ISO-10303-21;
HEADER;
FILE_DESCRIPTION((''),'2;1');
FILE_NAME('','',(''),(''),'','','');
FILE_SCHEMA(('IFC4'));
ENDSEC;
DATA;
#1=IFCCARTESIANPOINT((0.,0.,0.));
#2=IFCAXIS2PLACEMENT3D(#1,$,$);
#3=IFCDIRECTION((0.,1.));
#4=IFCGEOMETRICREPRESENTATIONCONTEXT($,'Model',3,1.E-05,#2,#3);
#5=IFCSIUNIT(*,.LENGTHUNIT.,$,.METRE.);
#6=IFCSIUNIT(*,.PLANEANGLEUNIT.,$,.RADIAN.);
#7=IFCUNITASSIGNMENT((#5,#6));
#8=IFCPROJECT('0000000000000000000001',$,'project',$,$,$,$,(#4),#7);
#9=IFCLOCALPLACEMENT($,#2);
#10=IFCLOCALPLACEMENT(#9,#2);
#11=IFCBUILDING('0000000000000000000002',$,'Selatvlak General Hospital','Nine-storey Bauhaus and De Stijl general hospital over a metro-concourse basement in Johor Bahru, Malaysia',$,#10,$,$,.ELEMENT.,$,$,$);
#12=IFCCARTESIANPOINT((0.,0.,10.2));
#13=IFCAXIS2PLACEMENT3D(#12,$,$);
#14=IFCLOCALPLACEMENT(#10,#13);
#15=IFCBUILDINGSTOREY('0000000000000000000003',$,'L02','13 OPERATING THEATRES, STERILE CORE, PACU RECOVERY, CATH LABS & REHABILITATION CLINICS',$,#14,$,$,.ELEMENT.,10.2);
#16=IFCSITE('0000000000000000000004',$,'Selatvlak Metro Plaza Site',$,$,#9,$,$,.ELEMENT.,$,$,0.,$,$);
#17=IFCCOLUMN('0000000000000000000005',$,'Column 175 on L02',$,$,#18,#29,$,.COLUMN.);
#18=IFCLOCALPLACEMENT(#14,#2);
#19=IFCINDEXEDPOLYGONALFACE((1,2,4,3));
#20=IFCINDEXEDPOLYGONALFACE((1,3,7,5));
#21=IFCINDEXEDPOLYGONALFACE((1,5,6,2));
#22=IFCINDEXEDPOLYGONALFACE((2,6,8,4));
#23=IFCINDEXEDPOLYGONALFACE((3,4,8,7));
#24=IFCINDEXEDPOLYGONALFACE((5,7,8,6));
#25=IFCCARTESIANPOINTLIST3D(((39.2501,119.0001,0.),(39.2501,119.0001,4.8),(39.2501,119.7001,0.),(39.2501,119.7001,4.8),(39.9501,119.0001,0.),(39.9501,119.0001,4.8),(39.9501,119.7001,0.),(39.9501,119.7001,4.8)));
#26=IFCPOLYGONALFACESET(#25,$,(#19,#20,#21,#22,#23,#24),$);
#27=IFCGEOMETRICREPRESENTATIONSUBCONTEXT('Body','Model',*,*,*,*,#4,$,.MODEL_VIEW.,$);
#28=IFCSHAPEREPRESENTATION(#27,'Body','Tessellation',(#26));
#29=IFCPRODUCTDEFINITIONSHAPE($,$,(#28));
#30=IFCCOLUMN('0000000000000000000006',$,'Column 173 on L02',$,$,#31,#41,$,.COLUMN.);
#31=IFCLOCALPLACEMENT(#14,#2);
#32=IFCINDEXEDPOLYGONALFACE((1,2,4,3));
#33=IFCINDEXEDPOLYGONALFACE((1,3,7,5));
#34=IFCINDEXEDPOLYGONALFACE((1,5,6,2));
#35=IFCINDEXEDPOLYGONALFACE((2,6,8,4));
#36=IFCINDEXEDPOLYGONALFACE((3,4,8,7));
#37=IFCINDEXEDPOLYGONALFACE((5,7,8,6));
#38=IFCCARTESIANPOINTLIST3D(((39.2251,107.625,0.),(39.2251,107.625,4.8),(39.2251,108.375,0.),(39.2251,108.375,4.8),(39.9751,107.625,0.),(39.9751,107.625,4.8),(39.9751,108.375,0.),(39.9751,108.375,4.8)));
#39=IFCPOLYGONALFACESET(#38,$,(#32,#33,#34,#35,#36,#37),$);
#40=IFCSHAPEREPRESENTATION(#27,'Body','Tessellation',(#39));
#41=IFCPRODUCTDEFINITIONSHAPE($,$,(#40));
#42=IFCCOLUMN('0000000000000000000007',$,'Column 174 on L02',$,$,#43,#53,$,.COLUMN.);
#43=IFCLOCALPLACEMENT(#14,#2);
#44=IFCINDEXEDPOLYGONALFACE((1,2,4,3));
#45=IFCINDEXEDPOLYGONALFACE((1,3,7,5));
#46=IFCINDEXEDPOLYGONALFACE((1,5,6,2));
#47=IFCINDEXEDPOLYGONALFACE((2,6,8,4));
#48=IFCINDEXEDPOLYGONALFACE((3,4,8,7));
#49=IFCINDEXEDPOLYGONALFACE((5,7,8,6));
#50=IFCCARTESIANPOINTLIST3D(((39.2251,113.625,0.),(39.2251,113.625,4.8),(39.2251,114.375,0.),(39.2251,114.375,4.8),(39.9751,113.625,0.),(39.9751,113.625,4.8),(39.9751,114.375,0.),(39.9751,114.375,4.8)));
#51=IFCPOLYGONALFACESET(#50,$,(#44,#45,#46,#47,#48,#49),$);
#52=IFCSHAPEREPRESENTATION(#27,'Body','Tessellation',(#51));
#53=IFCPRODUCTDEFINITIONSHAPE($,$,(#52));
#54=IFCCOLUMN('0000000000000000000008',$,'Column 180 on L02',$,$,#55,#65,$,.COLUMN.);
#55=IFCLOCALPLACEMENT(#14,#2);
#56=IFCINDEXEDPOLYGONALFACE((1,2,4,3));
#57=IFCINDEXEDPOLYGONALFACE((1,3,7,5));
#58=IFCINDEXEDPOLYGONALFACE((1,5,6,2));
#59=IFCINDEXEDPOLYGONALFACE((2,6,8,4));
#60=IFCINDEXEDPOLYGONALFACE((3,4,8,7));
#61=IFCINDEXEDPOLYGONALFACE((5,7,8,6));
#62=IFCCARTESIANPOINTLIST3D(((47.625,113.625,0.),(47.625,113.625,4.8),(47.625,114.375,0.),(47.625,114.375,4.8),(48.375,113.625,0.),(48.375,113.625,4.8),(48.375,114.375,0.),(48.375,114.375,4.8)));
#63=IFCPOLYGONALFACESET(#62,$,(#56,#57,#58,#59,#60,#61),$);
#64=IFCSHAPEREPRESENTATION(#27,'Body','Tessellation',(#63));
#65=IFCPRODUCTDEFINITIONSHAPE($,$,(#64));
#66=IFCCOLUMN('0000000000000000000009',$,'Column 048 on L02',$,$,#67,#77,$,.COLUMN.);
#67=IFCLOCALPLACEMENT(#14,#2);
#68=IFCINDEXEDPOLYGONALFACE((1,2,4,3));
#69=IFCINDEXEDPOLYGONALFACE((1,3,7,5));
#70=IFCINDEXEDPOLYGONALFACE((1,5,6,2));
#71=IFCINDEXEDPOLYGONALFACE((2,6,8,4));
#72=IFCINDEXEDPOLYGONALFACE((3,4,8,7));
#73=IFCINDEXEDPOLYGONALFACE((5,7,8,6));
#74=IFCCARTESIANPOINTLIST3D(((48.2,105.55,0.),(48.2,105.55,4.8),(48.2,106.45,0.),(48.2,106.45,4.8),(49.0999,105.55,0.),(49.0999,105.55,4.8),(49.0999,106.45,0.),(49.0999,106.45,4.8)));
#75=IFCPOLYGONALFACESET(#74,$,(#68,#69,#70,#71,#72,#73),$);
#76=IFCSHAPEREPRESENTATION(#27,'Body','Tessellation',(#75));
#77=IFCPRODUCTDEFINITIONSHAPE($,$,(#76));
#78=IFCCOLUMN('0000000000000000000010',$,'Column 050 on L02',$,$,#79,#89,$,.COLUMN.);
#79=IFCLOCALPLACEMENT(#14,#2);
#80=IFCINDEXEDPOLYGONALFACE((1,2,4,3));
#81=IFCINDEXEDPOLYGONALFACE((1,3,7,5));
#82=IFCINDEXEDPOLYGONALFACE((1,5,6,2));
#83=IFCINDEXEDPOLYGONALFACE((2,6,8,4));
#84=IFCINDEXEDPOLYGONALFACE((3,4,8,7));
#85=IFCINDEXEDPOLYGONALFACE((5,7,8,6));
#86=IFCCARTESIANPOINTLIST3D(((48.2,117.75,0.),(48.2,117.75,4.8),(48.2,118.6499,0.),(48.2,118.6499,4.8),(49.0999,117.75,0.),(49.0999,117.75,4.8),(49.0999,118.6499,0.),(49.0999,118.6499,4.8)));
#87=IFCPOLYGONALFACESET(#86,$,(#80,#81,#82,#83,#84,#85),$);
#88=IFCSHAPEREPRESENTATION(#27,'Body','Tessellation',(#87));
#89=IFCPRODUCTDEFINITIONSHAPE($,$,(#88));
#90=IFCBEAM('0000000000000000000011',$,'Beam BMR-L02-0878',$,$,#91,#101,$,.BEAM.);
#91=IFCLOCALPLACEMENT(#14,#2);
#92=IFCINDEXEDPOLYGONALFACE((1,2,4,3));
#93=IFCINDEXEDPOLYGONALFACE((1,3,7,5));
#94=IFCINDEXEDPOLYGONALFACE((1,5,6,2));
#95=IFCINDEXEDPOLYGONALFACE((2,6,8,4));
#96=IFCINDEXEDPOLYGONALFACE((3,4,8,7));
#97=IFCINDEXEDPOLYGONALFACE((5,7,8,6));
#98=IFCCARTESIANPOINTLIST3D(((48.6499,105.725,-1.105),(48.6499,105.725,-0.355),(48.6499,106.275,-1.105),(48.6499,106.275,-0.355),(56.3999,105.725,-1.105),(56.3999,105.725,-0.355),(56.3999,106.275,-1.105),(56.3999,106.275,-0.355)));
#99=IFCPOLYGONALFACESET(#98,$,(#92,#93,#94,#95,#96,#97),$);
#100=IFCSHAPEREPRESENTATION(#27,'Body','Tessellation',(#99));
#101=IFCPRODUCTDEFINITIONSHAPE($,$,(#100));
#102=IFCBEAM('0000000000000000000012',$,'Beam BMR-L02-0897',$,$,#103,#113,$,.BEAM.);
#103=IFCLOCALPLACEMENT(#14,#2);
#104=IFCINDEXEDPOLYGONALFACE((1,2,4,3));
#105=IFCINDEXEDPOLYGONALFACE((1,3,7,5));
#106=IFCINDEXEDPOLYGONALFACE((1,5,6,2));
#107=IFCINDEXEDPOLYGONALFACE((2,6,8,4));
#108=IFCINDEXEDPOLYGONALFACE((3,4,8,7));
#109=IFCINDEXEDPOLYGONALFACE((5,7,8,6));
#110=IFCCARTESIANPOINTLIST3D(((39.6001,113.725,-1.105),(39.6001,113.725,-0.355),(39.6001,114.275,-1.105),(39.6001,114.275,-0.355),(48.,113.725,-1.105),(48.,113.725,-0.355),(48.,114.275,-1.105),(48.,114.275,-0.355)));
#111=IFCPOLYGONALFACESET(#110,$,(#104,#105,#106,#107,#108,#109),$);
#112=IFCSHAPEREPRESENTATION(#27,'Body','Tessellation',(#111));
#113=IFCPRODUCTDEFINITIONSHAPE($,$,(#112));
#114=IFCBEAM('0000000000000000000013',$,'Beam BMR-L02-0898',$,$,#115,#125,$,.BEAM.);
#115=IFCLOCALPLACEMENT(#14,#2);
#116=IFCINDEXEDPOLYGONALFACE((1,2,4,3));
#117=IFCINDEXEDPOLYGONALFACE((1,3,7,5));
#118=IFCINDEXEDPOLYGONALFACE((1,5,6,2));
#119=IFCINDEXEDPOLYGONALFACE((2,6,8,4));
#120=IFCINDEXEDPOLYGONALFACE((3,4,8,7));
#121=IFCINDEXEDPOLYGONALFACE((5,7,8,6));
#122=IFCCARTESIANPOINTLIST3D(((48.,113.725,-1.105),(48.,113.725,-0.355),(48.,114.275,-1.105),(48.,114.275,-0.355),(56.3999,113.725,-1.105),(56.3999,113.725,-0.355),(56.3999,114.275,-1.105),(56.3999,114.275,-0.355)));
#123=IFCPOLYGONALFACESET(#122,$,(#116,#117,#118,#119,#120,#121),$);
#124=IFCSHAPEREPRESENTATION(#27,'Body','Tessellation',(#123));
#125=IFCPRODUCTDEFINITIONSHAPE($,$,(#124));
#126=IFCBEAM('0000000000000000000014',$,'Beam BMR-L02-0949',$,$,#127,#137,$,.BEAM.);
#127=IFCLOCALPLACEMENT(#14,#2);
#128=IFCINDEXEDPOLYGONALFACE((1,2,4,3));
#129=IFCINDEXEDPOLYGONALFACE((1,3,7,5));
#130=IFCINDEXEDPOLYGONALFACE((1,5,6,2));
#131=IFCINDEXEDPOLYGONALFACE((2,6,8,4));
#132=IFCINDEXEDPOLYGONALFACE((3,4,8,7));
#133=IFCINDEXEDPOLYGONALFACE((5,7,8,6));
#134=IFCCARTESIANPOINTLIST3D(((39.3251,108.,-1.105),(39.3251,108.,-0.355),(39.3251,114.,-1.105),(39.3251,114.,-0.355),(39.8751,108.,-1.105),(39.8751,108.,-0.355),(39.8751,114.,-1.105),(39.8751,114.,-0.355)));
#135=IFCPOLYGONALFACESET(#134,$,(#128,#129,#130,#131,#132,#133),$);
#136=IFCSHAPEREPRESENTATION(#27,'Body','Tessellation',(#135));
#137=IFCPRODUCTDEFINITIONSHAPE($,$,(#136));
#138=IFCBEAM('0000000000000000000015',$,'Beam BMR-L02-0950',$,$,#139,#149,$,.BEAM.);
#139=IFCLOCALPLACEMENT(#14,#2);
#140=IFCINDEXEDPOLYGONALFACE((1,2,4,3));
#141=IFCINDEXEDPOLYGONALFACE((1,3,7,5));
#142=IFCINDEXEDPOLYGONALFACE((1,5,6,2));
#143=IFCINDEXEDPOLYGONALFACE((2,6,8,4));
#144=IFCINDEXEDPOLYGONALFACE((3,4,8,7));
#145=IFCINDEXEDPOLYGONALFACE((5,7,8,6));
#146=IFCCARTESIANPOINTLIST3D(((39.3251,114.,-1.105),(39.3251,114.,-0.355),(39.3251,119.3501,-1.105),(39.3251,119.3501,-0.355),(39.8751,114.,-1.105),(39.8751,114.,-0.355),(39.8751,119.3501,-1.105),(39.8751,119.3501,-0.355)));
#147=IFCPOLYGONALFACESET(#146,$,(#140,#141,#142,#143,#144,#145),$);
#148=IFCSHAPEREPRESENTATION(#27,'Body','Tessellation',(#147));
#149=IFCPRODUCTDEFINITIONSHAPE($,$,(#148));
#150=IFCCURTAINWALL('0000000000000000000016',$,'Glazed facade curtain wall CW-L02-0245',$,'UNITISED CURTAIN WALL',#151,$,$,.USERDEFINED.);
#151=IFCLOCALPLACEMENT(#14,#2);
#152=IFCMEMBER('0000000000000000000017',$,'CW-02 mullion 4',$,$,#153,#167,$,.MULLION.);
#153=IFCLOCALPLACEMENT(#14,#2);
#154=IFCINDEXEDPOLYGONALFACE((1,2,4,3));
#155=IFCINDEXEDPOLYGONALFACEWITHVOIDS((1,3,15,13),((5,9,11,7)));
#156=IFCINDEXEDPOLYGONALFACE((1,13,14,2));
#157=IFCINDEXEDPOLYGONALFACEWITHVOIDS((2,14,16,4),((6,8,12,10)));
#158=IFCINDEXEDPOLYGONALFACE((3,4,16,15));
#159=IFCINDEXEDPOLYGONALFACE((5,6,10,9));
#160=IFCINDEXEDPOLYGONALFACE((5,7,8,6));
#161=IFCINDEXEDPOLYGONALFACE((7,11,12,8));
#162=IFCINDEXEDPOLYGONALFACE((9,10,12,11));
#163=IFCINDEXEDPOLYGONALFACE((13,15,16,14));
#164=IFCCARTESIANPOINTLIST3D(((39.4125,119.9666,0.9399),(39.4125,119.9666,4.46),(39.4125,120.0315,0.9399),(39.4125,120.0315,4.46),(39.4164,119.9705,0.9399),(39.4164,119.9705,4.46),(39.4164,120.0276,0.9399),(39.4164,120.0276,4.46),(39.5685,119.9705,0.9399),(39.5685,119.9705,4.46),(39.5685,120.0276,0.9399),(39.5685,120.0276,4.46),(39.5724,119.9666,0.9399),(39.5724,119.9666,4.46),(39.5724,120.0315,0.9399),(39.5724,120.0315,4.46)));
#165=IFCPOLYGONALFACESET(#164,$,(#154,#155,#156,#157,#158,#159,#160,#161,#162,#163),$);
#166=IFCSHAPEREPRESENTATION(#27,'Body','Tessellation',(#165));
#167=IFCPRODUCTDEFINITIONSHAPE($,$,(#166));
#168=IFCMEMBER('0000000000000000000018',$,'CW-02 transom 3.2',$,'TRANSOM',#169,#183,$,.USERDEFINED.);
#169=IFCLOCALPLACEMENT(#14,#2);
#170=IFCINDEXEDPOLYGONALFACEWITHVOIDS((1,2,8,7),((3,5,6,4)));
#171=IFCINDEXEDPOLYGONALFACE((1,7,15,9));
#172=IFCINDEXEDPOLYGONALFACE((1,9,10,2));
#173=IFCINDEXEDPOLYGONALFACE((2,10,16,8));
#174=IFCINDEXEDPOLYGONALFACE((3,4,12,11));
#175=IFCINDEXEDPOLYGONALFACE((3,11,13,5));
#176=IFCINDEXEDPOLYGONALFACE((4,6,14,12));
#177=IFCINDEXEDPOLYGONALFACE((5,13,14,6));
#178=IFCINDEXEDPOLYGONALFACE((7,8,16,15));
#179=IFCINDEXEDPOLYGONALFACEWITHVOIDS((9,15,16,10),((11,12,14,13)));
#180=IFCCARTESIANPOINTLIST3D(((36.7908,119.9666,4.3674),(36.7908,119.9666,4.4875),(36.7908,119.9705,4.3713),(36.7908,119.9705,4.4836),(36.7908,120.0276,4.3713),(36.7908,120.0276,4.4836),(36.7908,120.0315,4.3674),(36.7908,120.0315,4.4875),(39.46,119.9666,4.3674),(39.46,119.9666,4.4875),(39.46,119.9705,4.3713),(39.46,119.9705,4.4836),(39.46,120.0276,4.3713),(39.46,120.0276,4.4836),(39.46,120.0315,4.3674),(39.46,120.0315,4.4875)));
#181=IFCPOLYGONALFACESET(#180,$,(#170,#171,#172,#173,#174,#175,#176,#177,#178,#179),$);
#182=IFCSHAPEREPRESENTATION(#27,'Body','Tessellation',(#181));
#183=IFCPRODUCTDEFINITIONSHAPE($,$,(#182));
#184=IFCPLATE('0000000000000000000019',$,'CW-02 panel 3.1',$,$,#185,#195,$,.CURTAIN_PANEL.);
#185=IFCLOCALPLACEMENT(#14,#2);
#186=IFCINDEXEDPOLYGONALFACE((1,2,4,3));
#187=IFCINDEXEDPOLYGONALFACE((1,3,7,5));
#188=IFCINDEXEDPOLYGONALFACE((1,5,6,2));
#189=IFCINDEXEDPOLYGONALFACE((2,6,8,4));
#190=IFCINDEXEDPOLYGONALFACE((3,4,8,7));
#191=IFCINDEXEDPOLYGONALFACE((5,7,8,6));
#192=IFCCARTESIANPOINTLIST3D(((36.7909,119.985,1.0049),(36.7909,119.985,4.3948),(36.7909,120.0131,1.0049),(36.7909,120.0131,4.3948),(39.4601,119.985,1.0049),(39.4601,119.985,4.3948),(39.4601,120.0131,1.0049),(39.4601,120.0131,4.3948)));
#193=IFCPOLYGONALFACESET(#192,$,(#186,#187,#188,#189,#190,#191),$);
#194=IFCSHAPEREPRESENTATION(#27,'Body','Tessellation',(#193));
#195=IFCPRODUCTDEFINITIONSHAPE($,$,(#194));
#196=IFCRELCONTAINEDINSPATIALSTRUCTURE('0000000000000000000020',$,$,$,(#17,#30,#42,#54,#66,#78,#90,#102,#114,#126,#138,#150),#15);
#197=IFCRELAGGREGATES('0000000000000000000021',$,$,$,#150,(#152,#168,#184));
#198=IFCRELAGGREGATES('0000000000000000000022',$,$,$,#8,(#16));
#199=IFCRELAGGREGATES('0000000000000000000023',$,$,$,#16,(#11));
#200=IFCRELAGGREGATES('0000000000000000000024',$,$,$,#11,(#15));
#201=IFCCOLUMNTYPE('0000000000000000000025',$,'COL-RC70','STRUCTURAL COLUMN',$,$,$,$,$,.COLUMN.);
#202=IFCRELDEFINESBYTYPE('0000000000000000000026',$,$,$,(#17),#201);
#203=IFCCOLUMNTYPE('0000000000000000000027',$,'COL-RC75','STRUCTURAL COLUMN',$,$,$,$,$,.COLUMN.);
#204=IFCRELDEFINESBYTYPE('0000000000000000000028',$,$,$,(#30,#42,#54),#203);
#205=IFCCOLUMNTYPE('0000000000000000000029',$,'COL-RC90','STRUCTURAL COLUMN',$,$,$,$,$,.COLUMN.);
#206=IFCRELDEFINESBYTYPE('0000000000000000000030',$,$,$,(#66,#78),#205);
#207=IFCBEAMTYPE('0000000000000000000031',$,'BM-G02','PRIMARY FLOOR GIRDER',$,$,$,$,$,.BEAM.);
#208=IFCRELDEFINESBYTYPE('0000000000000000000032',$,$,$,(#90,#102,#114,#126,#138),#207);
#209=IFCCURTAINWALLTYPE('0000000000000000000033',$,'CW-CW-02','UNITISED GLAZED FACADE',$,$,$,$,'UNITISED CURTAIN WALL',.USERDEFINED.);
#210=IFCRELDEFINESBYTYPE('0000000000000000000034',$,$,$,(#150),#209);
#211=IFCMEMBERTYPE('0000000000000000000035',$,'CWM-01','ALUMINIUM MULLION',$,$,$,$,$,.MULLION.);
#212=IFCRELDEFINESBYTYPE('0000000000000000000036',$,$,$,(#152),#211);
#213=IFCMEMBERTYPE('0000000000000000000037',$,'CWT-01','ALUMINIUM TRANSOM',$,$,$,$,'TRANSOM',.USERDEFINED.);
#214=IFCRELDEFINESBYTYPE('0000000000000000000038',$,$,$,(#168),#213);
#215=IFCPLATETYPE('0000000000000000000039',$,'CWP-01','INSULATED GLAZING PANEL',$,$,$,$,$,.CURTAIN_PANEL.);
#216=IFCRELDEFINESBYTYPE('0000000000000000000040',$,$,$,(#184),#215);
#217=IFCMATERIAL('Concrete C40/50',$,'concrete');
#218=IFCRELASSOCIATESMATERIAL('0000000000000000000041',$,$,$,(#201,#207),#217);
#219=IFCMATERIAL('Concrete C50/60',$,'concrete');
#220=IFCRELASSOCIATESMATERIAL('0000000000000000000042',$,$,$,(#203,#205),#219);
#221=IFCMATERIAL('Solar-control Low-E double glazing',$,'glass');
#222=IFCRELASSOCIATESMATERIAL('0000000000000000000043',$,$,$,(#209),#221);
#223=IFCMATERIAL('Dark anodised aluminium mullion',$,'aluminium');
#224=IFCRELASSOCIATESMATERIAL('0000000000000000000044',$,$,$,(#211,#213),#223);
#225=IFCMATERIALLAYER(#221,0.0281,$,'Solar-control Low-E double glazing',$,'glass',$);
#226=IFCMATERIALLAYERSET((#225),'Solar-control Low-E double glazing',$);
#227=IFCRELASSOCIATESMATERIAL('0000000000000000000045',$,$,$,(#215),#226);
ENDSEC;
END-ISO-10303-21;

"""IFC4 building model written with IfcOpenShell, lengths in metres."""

from ifc_helpers import new_model, si_unit, direction, frame, origin, origin_2d, place, context, subcontext, project, spatial, rectangle, hollow_rectangle, extrude, material, layer, layer_set, material_profile, profile_set, type_object, element, aggregate, save


model = new_model("IFC4")

# Units and contexts
model_context = context("Model", 3, precision=1e-05, world=origin(), true_north=direction((0.0, 1.0)))
body_context = subcontext(model_context, "Body", "Model", "MODEL_VIEW")
ifc_project = project(units=[si_unit("LENGTHUNIT", "METRE"), si_unit("PLANEANGLEUNIT", "RADIAN")], contexts=[model_context])

# Site, building, storey
site_placement = place(None, origin())
site = spatial("IfcSite", under=ifc_project, at=site_placement, Name="Selatvlak Metro Plaza Site", CompositionType="ELEMENT", RefElevation=0.0)
building_placement = place(site_placement, origin())
building = spatial("IfcBuilding", under=site, at=building_placement, Name="Selatvlak General Hospital", Description="Nine-storey Bauhaus and De Stijl general hospital over a metro-concourse basement in Johor Bahru, Malaysia", CompositionType="ELEMENT")
storey_placement = place(building_placement, frame((0.0, 0.0, 10.2)))
storey = spatial("IfcBuildingStorey", under=building, at=storey_placement, Name="L02", Description="13 OPERATING THEATRES, STERILE CORE, PACU RECOVERY, CATH LABS & REHABILITATION CLINICS", CompositionType="ELEMENT", Elevation=10.2)

# Columns
ifc_material_1 = material(Name="Concrete C40/50", Category="concrete")
ifc_material_profile_1 = material_profile(ifc_material_1, rectangle(XDim=0.7, YDim=0.7, at=origin_2d()), Name="RC-COL 700x700")
ifc_profile_set_1 = profile_set([ifc_material_profile_1], Name="Concrete C40/50")
column_type_1 = type_object("IfcColumnType", Name="COL-RC70", Description="STRUCTURAL COLUMN", PredefinedType="COLUMN", material=ifc_profile_set_1)
column_placement = place(storey_placement, frame((39.6001, 119.3501, 0.0), z_axis=(0.0, 0.0, 1.0), x_axis=(1.0, 0.0, 0.0)))
element("IfcColumn", 1, at=column_placement, inside=storey, type_object=column_type_1, Name="Column 175 on L02", PredefinedType="COLUMN", context=body_context, shape_type="SweptSolid", body=[
    extrude(rectangle(XDim=0.7, YDim=0.7, at=origin_2d()), origin(), (0.0, 0.0, 1.0), 4.8),
])
ifc_material_2 = material(Name="Concrete C50/60", Category="concrete")
ifc_material_profile_2 = material_profile(ifc_material_2, rectangle(XDim=0.75, YDim=0.75, at=origin_2d()), Name="RC-COL 750x750")
ifc_profile_set_2 = profile_set([ifc_material_profile_2], Name="Concrete C50/60")
column_type_2 = type_object("IfcColumnType", Name="COL-RC75", Description="STRUCTURAL COLUMN", PredefinedType="COLUMN", material=ifc_profile_set_2)
for number, where, z_axis, x_axis, name in (
    (2, (39.6001, 108.0, 0.0), (0.0, 0.0, 1.0), (1.0, 0.0, 0.0), "Column 173 on L02"),
    (3, (39.6001, 114.0, 0.0), (0.0, 0.0, 1.0), (1.0, 0.0, 0.0), "Column 174 on L02"),
    (4, (48.0, 114.0, 0.0), (0.0, 0.0, 1.0), (1.0, 0.0, 0.0), "Column 180 on L02"),
):
    element("IfcColumn", number, at=place(storey_placement, frame(where, z_axis=z_axis, x_axis=x_axis)), inside=storey, type_object=column_type_2, Name=name, PredefinedType="COLUMN", context=body_context, shape_type="SweptSolid", body=[
        extrude(rectangle(XDim=0.75, YDim=0.75, at=origin_2d()), origin(), (0.0, 0.0, 1.0), 4.8),
    ])
ifc_material_profile_3 = material_profile(ifc_material_2, rectangle(XDim=0.8999, YDim=0.8999, at=origin_2d()), Name="RC-COL 900x900")
ifc_profile_set_3 = profile_set([ifc_material_profile_3], Name="Concrete C50/60")
column_type_3 = type_object("IfcColumnType", Name="COL-RC90", Description="STRUCTURAL COLUMN", PredefinedType="COLUMN", material=ifc_profile_set_3)
for number, where, z_axis, x_axis, name in (
    (5, (48.6499, 106.0, 0.0), (0.0, 0.0, 1.0), (1.0, 0.0, 0.0), "Column 048 on L02"),
    (6, (48.6499, 118.2, 0.0), (0.0, 0.0, 1.0), (1.0, 0.0, 0.0), "Column 050 on L02"),
):
    element("IfcColumn", number, at=place(storey_placement, frame(where, z_axis=z_axis, x_axis=x_axis)), inside=storey, type_object=column_type_3, Name=name, PredefinedType="COLUMN", context=body_context, shape_type="SweptSolid", body=[
        extrude(rectangle(XDim=0.8999, YDim=0.8999, at=origin_2d()), origin(), (0.0, 0.0, 1.0), 4.8),
    ])

# Beams
ifc_material_profile_4 = material_profile(ifc_material_1, rectangle(XDim=0.55, YDim=0.75, at=origin_2d()), Name="RC-BM 550x750")
ifc_profile_set_4 = profile_set([ifc_material_profile_4], Name="Concrete C40/50")
beam_type = type_object("IfcBeamType", Name="BM-G02", Description="PRIMARY FLOOR GIRDER", PredefinedType="BEAM", material=ifc_profile_set_4)
beam_1_placement = place(storey_placement, frame((48.6499, 106.0, -0.73), z_axis=(1.0, 0.0, 0.0), x_axis=(0.0, 1.0, 0.0)))
element("IfcBeam", 7, at=beam_1_placement, inside=storey, type_object=beam_type, Name="Beam BMR-L02-0878", PredefinedType="BEAM", context=body_context, shape_type="SweptSolid", body=[
    extrude(rectangle(XDim=0.55, YDim=0.75, at=origin_2d()), origin(), (0.0, 0.0, 1.0), 7.75),
])
for number, where, z_axis, x_axis, name in (
    (8, (39.6001, 114.0, -0.73), (1.0, 0.0, 0.0), (0.0, 1.0, 0.0), "Beam BMR-L02-0897"),
    (9, (48.0, 114.0, -0.73), (1.0, 0.0, 0.0), (0.0, 1.0, 0.0), "Beam BMR-L02-0898"),
):
    element("IfcBeam", number, at=place(storey_placement, frame(where, z_axis=z_axis, x_axis=x_axis)), inside=storey, type_object=beam_type, Name=name, PredefinedType="BEAM", context=body_context, shape_type="SweptSolid", body=[
        extrude(rectangle(XDim=0.55, YDim=0.75, at=origin_2d()), origin(), (0.0, 0.0, 1.0), 8.3999),
    ])
beam_2_placement = place(storey_placement, frame((39.6001, 108.0, -0.73), z_axis=(0.0, 1.0, 0.0), x_axis=(-1.0, 0.0, 0.0)))
element("IfcBeam", 10, at=beam_2_placement, inside=storey, type_object=beam_type, Name="Beam BMR-L02-0949", PredefinedType="BEAM", context=body_context, shape_type="SweptSolid", body=[
    extrude(rectangle(XDim=0.55, YDim=0.75, at=origin_2d()), origin(), (0.0, 0.0, 1.0), 6.0),
])
beam_3_placement = place(storey_placement, frame((39.6001, 114.0, -0.73), z_axis=(0.0, 1.0, 0.0), x_axis=(-1.0, 0.0, 0.0)))
element("IfcBeam", 11, at=beam_3_placement, inside=storey, type_object=beam_type, Name="Beam BMR-L02-0950", PredefinedType="BEAM", context=body_context, shape_type="SweptSolid", body=[
    extrude(rectangle(XDim=0.55, YDim=0.75, at=origin_2d()), origin(), (0.0, 0.0, 1.0), 5.3501),
])

# Curtain wall, members, plate
ifc_material_3 = material(Name="Solar-control Low-E double glazing", Category="glass")
curtain_wall_type = type_object("IfcCurtainWallType", Name="CW-CW-02", Description="UNITISED GLAZED FACADE", ElementType="UNITISED CURTAIN WALL", PredefinedType="USERDEFINED", material=ifc_material_3)
curtain_wall_placement = place(storey_placement, origin())
curtain_wall = element("IfcCurtainWall", 12, at=curtain_wall_placement, inside=storey, type_object=curtain_wall_type, Name="Glazed facade curtain wall CW-L02-0245", ObjectType="UNITISED CURTAIN WALL", PredefinedType="USERDEFINED")
ifc_material_4 = material(Name="Dark anodised aluminium mullion", Category="aluminium")
ifc_material_profile_5 = material_profile(ifc_material_4, hollow_rectangle(XDim=0.0649, YDim=0.1599, WallThickness=0.0039, at=origin_2d()), Name="AL-MUL 65x160x4")
ifc_profile_set_5 = profile_set([ifc_material_profile_5], Name="Dark anodised aluminium mullion")
member_type_1 = type_object("IfcMemberType", Name="CWM-01", Description="ALUMINIUM MULLION", PredefinedType="MULLION", material=ifc_profile_set_5)
member_1_placement = place(storey_placement, frame((39.4924, 119.999, 0.9399), z_axis=(0.0, 0.0, 1.0), x_axis=(0.0, 1.0, 0.0)))
member_1 = element("IfcMember", 13, at=member_1_placement, type_object=member_type_1, Name="CW-02 mullion 4", PredefinedType="MULLION", context=body_context, shape_type="SweptSolid", body=[
    extrude(hollow_rectangle(XDim=0.0649, YDim=0.1599, WallThickness=0.0039, at=origin_2d()), origin(), (0.0, 0.0, 1.0), 3.52),
])
ifc_material_profile_6 = material_profile(ifc_material_4, hollow_rectangle(XDim=0.0649, YDim=0.1201, WallThickness=0.0039, at=origin_2d()), Name="AL-TRN 65x120x4")
ifc_profile_set_6 = profile_set([ifc_material_profile_6], Name="Dark anodised aluminium mullion")
member_type_2 = type_object("IfcMemberType", Name="CWT-01", Description="ALUMINIUM TRANSOM", ElementType="TRANSOM", PredefinedType="USERDEFINED", material=ifc_profile_set_6)
member_2_placement = place(storey_placement, frame((36.7908, 119.999, 4.4275), z_axis=(1.0, 0.0, 0.0), x_axis=(0.0, 1.0, 0.0)))
member_2 = element("IfcMember", 14, at=member_2_placement, type_object=member_type_2, Name="CW-02 transom 3.2", ObjectType="TRANSOM", PredefinedType="USERDEFINED", context=body_context, shape_type="SweptSolid", body=[
    extrude(hollow_rectangle(XDim=0.0649, YDim=0.1201, WallThickness=0.0039, at=origin_2d()), origin(), (0.0, 0.0, 1.0), 2.6692),
])
ifc_layer_1 = layer(ifc_material_3, 0.0281, Name="Solar-control Low-E double glazing", Category="glass")
ifc_layer_set_1 = layer_set([ifc_layer_1], Name="Solar-control Low-E double glazing")
plate_type = type_object("IfcPlateType", Name="CWP-01", Description="INSULATED GLAZING PANEL", PredefinedType="CURTAIN_PANEL", material=ifc_layer_set_1)
plate_placement = place(storey_placement, frame((38.1255, 119.999, 1.0049), z_axis=(0.0, 0.0, 1.0), x_axis=(1.0, 0.0, 0.0)))
plate = element("IfcPlate", 15, at=plate_placement, type_object=plate_type, Name="CW-02 panel 3.1", PredefinedType="CURTAIN_PANEL", context=body_context, shape_type="SweptSolid", body=[
    extrude(rectangle(XDim=2.6692, YDim=0.0281, at=origin_2d()), origin(), (0.0, 0.0, 1.0), 3.3899),
])
aggregate(curtain_wall, [member_1, member_2, plate])

save(model, "model.ifc")
